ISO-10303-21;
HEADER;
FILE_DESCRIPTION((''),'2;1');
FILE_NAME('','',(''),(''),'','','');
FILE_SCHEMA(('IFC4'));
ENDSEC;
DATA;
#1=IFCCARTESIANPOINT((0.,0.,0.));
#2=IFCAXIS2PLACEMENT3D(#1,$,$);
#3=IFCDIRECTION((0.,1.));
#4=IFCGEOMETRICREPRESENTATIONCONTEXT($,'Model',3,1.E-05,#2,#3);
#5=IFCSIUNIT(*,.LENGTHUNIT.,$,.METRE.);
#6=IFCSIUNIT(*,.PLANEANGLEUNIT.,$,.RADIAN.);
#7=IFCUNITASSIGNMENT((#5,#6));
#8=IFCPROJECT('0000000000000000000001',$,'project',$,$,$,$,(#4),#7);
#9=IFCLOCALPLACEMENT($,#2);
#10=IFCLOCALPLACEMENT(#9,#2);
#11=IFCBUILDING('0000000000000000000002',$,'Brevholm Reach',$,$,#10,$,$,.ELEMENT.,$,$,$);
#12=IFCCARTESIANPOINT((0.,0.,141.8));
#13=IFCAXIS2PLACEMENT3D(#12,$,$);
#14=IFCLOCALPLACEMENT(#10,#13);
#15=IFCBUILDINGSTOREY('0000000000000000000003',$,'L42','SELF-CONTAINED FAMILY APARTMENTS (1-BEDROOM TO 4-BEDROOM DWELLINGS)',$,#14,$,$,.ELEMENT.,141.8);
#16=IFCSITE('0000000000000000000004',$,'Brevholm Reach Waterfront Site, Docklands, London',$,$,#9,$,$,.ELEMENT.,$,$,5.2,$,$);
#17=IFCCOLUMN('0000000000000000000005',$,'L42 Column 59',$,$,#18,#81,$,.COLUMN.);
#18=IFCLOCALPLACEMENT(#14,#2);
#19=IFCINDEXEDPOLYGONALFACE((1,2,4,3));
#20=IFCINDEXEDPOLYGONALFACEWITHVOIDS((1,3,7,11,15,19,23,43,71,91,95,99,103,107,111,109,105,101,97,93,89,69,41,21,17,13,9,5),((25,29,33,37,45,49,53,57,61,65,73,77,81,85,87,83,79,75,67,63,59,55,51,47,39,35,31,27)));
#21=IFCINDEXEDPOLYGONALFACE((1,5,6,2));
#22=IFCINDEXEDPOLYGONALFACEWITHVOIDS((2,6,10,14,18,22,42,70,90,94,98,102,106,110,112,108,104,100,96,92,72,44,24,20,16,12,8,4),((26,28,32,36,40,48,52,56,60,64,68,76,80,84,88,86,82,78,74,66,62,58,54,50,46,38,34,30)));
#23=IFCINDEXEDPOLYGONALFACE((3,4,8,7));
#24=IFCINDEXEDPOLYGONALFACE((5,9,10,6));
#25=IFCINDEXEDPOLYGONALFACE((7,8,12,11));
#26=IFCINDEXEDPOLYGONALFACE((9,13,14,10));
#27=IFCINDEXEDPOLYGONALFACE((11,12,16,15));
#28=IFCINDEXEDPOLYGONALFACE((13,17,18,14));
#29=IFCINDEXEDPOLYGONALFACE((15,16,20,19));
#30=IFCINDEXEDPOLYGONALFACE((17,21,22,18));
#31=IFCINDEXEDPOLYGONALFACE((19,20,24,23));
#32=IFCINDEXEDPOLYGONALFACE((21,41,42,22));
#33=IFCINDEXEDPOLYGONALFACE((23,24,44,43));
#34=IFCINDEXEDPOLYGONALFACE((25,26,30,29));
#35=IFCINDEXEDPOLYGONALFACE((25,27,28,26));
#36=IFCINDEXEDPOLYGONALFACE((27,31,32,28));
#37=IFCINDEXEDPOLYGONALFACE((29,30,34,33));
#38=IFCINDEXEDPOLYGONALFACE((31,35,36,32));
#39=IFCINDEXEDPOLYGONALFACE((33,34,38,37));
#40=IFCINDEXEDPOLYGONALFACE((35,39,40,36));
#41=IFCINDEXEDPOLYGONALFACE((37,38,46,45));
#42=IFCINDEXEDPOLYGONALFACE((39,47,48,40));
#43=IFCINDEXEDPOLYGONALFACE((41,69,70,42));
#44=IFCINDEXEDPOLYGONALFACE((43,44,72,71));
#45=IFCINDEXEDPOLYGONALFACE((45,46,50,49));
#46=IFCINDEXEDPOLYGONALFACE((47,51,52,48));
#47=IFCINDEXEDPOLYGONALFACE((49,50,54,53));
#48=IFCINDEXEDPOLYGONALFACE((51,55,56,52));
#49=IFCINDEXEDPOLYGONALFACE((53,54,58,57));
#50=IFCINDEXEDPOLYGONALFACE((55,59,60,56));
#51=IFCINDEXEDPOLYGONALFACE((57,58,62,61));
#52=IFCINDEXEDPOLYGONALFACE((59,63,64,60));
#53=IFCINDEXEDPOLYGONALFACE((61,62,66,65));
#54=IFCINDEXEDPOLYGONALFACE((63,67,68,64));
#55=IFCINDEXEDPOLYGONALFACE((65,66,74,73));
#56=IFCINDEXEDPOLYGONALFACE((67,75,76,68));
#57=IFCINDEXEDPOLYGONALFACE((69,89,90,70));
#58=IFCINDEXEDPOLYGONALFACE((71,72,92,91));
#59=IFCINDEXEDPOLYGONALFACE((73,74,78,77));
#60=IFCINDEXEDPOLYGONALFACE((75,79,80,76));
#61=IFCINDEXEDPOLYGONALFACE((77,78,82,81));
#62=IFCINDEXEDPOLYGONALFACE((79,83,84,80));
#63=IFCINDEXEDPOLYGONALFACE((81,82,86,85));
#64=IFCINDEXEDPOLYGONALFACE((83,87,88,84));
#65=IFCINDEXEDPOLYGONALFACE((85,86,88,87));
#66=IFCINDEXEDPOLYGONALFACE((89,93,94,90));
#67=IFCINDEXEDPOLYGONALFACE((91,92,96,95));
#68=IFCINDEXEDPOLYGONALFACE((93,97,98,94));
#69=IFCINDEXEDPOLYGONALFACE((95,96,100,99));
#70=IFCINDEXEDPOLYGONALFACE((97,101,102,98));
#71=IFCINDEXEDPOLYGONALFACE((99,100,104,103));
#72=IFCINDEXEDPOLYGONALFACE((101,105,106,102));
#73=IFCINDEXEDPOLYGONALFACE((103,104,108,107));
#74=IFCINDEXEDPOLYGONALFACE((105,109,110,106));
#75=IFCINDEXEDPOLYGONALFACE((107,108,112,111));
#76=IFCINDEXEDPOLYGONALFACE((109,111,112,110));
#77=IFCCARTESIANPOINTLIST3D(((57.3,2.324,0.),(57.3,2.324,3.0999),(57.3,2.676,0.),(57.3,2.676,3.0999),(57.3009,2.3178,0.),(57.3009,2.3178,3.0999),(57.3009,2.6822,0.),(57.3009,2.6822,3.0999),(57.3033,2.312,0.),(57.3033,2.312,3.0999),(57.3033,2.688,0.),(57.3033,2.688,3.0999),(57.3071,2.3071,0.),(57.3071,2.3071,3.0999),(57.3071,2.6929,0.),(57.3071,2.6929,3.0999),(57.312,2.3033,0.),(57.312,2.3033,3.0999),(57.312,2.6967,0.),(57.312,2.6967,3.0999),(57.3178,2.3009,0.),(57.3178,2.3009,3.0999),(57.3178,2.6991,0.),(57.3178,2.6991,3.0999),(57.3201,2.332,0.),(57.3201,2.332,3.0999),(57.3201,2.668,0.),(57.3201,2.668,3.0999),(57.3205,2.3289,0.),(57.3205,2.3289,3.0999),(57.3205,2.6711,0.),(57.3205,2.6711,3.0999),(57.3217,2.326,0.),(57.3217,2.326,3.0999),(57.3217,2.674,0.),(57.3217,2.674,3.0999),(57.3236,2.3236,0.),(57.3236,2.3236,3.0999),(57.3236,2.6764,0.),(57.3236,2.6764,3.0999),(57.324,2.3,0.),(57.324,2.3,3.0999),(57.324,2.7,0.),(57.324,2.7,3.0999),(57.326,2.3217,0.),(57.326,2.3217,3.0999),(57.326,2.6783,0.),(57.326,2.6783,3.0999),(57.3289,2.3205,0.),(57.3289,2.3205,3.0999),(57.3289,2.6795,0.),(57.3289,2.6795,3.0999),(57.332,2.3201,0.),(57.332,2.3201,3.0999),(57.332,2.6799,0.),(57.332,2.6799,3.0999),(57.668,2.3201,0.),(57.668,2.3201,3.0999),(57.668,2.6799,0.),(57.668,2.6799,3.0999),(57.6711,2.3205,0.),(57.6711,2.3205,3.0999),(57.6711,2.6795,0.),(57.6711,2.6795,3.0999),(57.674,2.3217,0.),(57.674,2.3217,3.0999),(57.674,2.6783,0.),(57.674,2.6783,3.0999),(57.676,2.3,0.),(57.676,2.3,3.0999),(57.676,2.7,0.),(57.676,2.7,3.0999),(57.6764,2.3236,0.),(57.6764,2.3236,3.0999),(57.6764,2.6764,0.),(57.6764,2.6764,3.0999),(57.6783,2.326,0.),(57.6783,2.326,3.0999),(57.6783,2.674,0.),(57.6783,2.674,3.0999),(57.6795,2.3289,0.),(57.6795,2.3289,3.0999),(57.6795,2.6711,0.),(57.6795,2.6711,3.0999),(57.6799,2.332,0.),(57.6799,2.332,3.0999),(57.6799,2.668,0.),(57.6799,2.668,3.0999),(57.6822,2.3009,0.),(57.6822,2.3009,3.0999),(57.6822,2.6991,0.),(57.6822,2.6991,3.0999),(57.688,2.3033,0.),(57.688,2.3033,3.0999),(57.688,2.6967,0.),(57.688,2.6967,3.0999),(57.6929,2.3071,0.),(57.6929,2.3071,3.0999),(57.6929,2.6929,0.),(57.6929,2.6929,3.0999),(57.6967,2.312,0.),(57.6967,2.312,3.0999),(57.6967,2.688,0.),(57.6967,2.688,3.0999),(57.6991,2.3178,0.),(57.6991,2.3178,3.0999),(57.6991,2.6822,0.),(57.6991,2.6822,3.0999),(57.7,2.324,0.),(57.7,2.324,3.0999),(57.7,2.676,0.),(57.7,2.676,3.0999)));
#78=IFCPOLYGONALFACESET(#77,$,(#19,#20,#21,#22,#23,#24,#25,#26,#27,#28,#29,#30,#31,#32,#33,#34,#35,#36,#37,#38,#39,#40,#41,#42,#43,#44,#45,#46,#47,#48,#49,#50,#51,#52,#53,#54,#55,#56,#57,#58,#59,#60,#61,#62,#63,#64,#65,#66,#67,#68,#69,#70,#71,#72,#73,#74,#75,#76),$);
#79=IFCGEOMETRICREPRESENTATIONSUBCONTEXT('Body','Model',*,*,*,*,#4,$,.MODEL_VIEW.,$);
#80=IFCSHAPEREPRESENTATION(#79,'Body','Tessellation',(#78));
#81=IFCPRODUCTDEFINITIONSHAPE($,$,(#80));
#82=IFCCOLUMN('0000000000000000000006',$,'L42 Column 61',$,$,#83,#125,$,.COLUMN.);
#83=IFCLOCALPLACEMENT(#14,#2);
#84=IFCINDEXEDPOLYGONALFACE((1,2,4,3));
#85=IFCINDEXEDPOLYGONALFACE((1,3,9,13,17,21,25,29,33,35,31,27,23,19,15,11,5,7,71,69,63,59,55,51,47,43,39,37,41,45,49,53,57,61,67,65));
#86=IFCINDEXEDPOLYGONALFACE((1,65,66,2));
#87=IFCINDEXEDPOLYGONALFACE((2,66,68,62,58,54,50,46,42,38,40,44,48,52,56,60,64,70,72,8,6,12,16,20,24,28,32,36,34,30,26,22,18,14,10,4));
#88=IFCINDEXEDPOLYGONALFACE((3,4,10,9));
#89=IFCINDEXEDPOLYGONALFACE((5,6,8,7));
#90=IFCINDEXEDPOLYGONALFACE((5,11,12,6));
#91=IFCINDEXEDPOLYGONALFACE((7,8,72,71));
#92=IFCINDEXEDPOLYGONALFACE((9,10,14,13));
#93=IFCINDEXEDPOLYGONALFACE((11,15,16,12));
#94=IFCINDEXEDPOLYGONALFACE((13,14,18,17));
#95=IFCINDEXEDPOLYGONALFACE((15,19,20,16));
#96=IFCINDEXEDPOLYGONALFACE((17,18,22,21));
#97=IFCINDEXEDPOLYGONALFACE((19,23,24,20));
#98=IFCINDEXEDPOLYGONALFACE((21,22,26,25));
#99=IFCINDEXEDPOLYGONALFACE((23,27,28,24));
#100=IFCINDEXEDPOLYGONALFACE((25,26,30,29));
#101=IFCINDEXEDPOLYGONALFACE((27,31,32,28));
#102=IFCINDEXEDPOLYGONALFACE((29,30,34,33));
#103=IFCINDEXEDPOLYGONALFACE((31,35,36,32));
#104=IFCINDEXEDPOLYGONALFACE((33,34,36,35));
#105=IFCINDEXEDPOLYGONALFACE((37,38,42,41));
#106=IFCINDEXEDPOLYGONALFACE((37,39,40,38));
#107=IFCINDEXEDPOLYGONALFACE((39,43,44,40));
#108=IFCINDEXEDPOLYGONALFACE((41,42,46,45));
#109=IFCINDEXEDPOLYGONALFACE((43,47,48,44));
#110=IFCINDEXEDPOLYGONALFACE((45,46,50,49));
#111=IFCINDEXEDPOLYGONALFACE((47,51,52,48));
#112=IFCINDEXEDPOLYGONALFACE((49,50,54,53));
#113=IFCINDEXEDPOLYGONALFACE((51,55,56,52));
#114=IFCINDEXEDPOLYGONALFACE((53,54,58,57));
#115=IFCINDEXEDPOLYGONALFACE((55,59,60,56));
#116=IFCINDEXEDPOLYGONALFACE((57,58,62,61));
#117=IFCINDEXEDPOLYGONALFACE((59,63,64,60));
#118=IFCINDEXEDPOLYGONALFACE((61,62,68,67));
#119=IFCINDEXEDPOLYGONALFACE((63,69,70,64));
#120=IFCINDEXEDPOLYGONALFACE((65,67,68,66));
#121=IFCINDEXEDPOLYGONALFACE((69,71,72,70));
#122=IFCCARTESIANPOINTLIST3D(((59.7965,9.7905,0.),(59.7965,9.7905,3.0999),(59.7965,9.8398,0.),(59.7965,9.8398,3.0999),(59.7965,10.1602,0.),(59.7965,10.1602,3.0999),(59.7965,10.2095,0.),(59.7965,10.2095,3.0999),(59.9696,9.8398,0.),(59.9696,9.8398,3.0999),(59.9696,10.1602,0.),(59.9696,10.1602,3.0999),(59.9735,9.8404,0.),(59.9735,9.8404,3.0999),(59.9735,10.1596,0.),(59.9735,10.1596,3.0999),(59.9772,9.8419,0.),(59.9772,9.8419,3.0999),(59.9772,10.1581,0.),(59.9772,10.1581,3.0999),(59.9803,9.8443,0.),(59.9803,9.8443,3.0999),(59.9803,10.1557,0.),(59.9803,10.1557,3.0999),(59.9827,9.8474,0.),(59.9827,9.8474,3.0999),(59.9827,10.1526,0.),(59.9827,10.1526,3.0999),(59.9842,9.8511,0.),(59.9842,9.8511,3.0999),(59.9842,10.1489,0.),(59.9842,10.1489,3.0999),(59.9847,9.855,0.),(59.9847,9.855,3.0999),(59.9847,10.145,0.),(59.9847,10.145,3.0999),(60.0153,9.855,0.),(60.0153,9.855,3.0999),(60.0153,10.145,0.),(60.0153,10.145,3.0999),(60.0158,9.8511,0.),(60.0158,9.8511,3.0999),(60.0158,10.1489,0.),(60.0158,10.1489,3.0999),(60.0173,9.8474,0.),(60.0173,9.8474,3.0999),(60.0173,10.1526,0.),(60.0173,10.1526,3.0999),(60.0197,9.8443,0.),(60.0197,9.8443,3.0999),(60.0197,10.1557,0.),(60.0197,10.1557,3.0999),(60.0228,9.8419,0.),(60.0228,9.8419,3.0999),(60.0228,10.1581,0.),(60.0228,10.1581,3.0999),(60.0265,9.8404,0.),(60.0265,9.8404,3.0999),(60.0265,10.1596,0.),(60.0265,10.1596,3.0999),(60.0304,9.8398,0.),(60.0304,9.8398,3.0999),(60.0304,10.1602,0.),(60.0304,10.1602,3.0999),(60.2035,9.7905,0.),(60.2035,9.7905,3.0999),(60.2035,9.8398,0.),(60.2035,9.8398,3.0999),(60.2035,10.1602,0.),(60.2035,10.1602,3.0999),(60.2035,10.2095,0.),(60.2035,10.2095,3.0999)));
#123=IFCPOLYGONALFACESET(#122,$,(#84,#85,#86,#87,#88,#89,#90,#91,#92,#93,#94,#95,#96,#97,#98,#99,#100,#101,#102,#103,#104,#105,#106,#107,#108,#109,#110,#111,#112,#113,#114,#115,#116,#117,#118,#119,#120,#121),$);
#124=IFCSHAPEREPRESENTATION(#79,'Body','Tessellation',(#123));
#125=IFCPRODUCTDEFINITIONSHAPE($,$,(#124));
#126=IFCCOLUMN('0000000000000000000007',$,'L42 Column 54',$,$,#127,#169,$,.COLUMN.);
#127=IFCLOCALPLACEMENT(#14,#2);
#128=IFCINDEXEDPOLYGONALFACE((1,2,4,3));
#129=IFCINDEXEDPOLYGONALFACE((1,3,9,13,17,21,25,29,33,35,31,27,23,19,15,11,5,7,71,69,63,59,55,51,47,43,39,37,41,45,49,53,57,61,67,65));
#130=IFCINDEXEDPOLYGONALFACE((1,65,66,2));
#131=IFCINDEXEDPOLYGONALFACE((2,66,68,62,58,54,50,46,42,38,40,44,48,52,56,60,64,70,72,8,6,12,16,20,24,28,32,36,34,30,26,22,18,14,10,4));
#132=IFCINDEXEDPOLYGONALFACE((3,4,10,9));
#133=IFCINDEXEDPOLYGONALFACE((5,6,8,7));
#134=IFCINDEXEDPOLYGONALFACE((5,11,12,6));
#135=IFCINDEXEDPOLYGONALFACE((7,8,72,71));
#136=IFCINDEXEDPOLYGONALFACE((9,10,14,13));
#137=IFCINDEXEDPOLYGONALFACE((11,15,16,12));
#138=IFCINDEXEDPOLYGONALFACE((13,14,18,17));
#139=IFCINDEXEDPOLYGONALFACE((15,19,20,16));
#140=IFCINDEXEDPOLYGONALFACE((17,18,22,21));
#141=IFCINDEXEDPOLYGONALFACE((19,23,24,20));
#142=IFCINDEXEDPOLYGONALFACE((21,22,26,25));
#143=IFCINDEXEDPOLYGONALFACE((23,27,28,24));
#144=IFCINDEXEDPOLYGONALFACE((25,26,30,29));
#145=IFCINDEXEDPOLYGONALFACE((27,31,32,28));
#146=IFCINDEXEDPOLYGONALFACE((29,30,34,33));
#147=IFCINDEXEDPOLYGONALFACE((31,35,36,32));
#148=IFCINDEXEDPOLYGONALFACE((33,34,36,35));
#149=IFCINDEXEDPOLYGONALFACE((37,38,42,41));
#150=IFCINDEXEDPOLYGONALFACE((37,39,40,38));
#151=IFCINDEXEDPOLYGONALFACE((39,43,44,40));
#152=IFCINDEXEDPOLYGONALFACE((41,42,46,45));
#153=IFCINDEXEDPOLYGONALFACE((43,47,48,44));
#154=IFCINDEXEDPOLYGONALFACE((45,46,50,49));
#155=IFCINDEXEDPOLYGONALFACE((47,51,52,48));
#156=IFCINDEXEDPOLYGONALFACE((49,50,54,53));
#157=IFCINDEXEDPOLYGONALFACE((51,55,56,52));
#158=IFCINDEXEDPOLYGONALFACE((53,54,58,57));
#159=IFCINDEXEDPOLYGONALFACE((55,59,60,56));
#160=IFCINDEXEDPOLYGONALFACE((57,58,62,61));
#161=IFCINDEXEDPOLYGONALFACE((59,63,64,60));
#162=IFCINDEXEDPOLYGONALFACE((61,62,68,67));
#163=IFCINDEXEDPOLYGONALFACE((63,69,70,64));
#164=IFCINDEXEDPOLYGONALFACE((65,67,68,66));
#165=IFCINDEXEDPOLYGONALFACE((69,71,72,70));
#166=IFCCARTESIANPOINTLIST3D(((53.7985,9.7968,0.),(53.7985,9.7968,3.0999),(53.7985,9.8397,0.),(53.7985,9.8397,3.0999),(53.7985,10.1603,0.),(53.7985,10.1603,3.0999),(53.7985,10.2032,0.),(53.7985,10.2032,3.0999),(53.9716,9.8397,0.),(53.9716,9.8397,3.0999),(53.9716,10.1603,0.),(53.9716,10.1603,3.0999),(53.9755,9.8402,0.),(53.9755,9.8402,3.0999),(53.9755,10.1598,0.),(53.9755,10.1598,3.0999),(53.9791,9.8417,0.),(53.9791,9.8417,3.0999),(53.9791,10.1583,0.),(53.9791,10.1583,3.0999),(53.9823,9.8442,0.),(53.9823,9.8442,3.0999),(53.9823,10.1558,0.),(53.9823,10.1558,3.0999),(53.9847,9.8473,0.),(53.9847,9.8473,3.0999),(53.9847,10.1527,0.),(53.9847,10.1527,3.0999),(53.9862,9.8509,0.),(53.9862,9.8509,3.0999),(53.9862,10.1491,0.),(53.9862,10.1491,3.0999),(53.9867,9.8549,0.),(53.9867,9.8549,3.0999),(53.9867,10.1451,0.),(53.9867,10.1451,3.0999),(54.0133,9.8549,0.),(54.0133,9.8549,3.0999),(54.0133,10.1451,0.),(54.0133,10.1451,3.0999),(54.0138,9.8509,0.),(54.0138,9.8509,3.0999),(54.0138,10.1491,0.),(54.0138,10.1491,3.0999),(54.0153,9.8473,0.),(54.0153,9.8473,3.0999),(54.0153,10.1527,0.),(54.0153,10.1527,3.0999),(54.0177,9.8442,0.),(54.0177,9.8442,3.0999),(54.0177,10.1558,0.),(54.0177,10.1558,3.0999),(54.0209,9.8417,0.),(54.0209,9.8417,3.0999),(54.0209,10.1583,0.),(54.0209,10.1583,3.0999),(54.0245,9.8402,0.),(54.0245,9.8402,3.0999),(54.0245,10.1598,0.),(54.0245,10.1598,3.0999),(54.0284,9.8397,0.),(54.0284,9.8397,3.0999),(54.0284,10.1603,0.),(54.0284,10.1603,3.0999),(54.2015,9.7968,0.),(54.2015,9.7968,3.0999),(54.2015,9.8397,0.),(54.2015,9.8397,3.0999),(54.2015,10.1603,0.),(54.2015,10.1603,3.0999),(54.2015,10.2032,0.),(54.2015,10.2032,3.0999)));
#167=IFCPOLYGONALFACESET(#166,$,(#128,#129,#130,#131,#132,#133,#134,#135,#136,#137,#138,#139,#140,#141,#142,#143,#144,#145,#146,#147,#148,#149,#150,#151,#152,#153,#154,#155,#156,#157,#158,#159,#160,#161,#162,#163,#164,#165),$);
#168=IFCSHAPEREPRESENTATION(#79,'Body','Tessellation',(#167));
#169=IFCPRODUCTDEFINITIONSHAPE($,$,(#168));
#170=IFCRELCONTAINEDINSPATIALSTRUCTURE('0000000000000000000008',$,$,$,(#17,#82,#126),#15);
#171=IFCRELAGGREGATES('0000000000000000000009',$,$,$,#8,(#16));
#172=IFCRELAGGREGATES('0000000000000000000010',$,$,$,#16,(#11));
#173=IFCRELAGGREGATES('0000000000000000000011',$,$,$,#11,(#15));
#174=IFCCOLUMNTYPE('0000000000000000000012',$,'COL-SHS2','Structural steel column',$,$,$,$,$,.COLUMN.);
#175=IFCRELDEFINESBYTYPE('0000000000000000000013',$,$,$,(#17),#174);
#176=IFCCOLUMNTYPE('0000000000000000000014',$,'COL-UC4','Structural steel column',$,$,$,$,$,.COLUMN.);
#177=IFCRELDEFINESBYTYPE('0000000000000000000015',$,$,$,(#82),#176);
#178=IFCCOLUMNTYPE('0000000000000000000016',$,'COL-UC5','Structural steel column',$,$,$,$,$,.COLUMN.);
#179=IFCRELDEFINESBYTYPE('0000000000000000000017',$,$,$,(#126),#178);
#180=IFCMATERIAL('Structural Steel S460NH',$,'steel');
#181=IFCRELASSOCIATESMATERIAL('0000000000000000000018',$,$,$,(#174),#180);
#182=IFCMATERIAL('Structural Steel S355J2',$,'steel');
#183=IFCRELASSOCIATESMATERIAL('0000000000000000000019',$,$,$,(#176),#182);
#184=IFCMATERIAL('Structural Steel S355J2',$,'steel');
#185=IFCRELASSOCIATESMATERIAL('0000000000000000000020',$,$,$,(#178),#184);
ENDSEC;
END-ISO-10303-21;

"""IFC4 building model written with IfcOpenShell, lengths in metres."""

from ifc_helpers import new_model, si_unit, direction, frame, origin, origin_2d, place, context, subcontext, project, spatial, hollow_rectangle, i_section, extrude, material, material_profile, profile_set, type_object, element, save


model = new_model("IFC4")

# Units and contexts
model_context = context("Model", 3, precision=1e-05, world=origin(), true_north=direction((0.0, 1.0)))
body_context = subcontext(model_context, "Body", "Model", "MODEL_VIEW")
ifc_project = project(units=[si_unit("LENGTHUNIT", "METRE"), si_unit("PLANEANGLEUNIT", "RADIAN")], contexts=[model_context])

# Site, building, storey
site_placement = place(None, origin())
site = spatial("IfcSite", under=ifc_project, at=site_placement, Name="Brevholm Reach Waterfront Site, Docklands, London", CompositionType="ELEMENT", RefElevation=5.2)
building_placement = place(site_placement, origin())
building = spatial("IfcBuilding", under=site, at=building_placement, Name="Brevholm Reach", CompositionType="ELEMENT")
storey_placement = place(building_placement, frame((0.0, 0.0, 141.8)))
storey = spatial("IfcBuildingStorey", under=building, at=storey_placement, Name="L42", Description="SELF-CONTAINED FAMILY APARTMENTS (1-BEDROOM TO 4-BEDROOM DWELLINGS)", CompositionType="ELEMENT", Elevation=141.8)

# Columns
ifc_material_1 = material(Name="Structural Steel S460NH", Category="steel")
ifc_material_profile_1 = material_profile(ifc_material_1, hollow_rectangle(XDim=0.3999, YDim=0.3999, WallThickness=0.02, InnerFilletRadius=0.012, OuterFilletRadius=0.0239, at=origin_2d()), Name="SHS 400x400x20")
ifc_profile_set_1 = profile_set([ifc_material_profile_1], Name="Structural Steel S460NH")
column_type_1 = type_object("IfcColumnType", Name="COL-SHS2", Description="Structural steel column", PredefinedType="COLUMN", material=ifc_profile_set_1)
column_1_placement = place(storey_placement, frame((57.5, 2.5, 0.0), z_axis=(0.0, 0.0, 1.0), x_axis=(1.0, 0.0, 0.0)))
element("IfcColumn", 1, at=column_1_placement, inside=storey, type_object=column_type_1, Name="L42 Column 59", PredefinedType="COLUMN", context=body_context, shape_type="SweptSolid", body=[
    extrude(hollow_rectangle(XDim=0.3999, YDim=0.3999, WallThickness=0.02, InnerFilletRadius=0.012, OuterFilletRadius=0.0239, at=origin_2d()), origin(), (0.0, 0.0, 1.0), 3.0999),
])
ifc_material_2 = material(Name="Structural Steel S355J2", Category="steel")
ifc_material_profile_2 = material_profile(ifc_material_2, i_section(OverallWidth=0.407, OverallDepth=0.4189, WebThickness=0.0305, FlangeThickness=0.0493, FilletRadius=0.0151, at=origin_2d()), Name="UKC 356x406x393")
ifc_profile_set_2 = profile_set([ifc_material_profile_2], Name="Structural Steel S355J2")
column_type_2 = type_object("IfcColumnType", Name="COL-UC4", Description="Structural steel column", PredefinedType="COLUMN", material=ifc_profile_set_2)
column_2_placement = place(storey_placement, frame((60.0, 10.0, 0.0), z_axis=(0.0, 0.0, 1.0), x_axis=(1.0, 0.0, 0.0)))
element("IfcColumn", 2, at=column_2_placement, inside=storey, type_object=column_type_2, Name="L42 Column 61", PredefinedType="COLUMN", context=body_context, shape_type="SweptSolid", body=[
    extrude(i_section(OverallWidth=0.407, OverallDepth=0.4189, WebThickness=0.0305, FlangeThickness=0.0493, FilletRadius=0.0151, at=origin_2d()), origin(), (0.0, 0.0, 1.0), 3.0999),
])
ifc_material_3 = material(Name="Structural Steel S355J2", Category="steel")
ifc_material_profile_3 = material_profile(ifc_material_3, i_section(OverallWidth=0.4031, OverallDepth=0.4065, WebThickness=0.0266, FlangeThickness=0.043, FilletRadius=0.0151, at=origin_2d()), Name="UKC 356x406x340")
ifc_profile_set_3 = profile_set([ifc_material_profile_3], Name="Structural Steel S355J2")
column_type_3 = type_object("IfcColumnType", Name="COL-UC5", Description="Structural steel column", PredefinedType="COLUMN", material=ifc_profile_set_3)
column_3_placement = place(storey_placement, frame((54.0, 10.0, 0.0), z_axis=(0.0, 0.0, 1.0), x_axis=(1.0, 0.0, 0.0)))
element("IfcColumn", 3, at=column_3_placement, inside=storey, type_object=column_type_3, Name="L42 Column 54", PredefinedType="COLUMN", context=body_context, shape_type="SweptSolid", body=[
    extrude(i_section(OverallWidth=0.4031, OverallDepth=0.4065, WebThickness=0.0266, FlangeThickness=0.043, FilletRadius=0.0151, at=origin_2d()), origin(), (0.0, 0.0, 1.0), 3.0999),
])

save(model, "model.ifc")
